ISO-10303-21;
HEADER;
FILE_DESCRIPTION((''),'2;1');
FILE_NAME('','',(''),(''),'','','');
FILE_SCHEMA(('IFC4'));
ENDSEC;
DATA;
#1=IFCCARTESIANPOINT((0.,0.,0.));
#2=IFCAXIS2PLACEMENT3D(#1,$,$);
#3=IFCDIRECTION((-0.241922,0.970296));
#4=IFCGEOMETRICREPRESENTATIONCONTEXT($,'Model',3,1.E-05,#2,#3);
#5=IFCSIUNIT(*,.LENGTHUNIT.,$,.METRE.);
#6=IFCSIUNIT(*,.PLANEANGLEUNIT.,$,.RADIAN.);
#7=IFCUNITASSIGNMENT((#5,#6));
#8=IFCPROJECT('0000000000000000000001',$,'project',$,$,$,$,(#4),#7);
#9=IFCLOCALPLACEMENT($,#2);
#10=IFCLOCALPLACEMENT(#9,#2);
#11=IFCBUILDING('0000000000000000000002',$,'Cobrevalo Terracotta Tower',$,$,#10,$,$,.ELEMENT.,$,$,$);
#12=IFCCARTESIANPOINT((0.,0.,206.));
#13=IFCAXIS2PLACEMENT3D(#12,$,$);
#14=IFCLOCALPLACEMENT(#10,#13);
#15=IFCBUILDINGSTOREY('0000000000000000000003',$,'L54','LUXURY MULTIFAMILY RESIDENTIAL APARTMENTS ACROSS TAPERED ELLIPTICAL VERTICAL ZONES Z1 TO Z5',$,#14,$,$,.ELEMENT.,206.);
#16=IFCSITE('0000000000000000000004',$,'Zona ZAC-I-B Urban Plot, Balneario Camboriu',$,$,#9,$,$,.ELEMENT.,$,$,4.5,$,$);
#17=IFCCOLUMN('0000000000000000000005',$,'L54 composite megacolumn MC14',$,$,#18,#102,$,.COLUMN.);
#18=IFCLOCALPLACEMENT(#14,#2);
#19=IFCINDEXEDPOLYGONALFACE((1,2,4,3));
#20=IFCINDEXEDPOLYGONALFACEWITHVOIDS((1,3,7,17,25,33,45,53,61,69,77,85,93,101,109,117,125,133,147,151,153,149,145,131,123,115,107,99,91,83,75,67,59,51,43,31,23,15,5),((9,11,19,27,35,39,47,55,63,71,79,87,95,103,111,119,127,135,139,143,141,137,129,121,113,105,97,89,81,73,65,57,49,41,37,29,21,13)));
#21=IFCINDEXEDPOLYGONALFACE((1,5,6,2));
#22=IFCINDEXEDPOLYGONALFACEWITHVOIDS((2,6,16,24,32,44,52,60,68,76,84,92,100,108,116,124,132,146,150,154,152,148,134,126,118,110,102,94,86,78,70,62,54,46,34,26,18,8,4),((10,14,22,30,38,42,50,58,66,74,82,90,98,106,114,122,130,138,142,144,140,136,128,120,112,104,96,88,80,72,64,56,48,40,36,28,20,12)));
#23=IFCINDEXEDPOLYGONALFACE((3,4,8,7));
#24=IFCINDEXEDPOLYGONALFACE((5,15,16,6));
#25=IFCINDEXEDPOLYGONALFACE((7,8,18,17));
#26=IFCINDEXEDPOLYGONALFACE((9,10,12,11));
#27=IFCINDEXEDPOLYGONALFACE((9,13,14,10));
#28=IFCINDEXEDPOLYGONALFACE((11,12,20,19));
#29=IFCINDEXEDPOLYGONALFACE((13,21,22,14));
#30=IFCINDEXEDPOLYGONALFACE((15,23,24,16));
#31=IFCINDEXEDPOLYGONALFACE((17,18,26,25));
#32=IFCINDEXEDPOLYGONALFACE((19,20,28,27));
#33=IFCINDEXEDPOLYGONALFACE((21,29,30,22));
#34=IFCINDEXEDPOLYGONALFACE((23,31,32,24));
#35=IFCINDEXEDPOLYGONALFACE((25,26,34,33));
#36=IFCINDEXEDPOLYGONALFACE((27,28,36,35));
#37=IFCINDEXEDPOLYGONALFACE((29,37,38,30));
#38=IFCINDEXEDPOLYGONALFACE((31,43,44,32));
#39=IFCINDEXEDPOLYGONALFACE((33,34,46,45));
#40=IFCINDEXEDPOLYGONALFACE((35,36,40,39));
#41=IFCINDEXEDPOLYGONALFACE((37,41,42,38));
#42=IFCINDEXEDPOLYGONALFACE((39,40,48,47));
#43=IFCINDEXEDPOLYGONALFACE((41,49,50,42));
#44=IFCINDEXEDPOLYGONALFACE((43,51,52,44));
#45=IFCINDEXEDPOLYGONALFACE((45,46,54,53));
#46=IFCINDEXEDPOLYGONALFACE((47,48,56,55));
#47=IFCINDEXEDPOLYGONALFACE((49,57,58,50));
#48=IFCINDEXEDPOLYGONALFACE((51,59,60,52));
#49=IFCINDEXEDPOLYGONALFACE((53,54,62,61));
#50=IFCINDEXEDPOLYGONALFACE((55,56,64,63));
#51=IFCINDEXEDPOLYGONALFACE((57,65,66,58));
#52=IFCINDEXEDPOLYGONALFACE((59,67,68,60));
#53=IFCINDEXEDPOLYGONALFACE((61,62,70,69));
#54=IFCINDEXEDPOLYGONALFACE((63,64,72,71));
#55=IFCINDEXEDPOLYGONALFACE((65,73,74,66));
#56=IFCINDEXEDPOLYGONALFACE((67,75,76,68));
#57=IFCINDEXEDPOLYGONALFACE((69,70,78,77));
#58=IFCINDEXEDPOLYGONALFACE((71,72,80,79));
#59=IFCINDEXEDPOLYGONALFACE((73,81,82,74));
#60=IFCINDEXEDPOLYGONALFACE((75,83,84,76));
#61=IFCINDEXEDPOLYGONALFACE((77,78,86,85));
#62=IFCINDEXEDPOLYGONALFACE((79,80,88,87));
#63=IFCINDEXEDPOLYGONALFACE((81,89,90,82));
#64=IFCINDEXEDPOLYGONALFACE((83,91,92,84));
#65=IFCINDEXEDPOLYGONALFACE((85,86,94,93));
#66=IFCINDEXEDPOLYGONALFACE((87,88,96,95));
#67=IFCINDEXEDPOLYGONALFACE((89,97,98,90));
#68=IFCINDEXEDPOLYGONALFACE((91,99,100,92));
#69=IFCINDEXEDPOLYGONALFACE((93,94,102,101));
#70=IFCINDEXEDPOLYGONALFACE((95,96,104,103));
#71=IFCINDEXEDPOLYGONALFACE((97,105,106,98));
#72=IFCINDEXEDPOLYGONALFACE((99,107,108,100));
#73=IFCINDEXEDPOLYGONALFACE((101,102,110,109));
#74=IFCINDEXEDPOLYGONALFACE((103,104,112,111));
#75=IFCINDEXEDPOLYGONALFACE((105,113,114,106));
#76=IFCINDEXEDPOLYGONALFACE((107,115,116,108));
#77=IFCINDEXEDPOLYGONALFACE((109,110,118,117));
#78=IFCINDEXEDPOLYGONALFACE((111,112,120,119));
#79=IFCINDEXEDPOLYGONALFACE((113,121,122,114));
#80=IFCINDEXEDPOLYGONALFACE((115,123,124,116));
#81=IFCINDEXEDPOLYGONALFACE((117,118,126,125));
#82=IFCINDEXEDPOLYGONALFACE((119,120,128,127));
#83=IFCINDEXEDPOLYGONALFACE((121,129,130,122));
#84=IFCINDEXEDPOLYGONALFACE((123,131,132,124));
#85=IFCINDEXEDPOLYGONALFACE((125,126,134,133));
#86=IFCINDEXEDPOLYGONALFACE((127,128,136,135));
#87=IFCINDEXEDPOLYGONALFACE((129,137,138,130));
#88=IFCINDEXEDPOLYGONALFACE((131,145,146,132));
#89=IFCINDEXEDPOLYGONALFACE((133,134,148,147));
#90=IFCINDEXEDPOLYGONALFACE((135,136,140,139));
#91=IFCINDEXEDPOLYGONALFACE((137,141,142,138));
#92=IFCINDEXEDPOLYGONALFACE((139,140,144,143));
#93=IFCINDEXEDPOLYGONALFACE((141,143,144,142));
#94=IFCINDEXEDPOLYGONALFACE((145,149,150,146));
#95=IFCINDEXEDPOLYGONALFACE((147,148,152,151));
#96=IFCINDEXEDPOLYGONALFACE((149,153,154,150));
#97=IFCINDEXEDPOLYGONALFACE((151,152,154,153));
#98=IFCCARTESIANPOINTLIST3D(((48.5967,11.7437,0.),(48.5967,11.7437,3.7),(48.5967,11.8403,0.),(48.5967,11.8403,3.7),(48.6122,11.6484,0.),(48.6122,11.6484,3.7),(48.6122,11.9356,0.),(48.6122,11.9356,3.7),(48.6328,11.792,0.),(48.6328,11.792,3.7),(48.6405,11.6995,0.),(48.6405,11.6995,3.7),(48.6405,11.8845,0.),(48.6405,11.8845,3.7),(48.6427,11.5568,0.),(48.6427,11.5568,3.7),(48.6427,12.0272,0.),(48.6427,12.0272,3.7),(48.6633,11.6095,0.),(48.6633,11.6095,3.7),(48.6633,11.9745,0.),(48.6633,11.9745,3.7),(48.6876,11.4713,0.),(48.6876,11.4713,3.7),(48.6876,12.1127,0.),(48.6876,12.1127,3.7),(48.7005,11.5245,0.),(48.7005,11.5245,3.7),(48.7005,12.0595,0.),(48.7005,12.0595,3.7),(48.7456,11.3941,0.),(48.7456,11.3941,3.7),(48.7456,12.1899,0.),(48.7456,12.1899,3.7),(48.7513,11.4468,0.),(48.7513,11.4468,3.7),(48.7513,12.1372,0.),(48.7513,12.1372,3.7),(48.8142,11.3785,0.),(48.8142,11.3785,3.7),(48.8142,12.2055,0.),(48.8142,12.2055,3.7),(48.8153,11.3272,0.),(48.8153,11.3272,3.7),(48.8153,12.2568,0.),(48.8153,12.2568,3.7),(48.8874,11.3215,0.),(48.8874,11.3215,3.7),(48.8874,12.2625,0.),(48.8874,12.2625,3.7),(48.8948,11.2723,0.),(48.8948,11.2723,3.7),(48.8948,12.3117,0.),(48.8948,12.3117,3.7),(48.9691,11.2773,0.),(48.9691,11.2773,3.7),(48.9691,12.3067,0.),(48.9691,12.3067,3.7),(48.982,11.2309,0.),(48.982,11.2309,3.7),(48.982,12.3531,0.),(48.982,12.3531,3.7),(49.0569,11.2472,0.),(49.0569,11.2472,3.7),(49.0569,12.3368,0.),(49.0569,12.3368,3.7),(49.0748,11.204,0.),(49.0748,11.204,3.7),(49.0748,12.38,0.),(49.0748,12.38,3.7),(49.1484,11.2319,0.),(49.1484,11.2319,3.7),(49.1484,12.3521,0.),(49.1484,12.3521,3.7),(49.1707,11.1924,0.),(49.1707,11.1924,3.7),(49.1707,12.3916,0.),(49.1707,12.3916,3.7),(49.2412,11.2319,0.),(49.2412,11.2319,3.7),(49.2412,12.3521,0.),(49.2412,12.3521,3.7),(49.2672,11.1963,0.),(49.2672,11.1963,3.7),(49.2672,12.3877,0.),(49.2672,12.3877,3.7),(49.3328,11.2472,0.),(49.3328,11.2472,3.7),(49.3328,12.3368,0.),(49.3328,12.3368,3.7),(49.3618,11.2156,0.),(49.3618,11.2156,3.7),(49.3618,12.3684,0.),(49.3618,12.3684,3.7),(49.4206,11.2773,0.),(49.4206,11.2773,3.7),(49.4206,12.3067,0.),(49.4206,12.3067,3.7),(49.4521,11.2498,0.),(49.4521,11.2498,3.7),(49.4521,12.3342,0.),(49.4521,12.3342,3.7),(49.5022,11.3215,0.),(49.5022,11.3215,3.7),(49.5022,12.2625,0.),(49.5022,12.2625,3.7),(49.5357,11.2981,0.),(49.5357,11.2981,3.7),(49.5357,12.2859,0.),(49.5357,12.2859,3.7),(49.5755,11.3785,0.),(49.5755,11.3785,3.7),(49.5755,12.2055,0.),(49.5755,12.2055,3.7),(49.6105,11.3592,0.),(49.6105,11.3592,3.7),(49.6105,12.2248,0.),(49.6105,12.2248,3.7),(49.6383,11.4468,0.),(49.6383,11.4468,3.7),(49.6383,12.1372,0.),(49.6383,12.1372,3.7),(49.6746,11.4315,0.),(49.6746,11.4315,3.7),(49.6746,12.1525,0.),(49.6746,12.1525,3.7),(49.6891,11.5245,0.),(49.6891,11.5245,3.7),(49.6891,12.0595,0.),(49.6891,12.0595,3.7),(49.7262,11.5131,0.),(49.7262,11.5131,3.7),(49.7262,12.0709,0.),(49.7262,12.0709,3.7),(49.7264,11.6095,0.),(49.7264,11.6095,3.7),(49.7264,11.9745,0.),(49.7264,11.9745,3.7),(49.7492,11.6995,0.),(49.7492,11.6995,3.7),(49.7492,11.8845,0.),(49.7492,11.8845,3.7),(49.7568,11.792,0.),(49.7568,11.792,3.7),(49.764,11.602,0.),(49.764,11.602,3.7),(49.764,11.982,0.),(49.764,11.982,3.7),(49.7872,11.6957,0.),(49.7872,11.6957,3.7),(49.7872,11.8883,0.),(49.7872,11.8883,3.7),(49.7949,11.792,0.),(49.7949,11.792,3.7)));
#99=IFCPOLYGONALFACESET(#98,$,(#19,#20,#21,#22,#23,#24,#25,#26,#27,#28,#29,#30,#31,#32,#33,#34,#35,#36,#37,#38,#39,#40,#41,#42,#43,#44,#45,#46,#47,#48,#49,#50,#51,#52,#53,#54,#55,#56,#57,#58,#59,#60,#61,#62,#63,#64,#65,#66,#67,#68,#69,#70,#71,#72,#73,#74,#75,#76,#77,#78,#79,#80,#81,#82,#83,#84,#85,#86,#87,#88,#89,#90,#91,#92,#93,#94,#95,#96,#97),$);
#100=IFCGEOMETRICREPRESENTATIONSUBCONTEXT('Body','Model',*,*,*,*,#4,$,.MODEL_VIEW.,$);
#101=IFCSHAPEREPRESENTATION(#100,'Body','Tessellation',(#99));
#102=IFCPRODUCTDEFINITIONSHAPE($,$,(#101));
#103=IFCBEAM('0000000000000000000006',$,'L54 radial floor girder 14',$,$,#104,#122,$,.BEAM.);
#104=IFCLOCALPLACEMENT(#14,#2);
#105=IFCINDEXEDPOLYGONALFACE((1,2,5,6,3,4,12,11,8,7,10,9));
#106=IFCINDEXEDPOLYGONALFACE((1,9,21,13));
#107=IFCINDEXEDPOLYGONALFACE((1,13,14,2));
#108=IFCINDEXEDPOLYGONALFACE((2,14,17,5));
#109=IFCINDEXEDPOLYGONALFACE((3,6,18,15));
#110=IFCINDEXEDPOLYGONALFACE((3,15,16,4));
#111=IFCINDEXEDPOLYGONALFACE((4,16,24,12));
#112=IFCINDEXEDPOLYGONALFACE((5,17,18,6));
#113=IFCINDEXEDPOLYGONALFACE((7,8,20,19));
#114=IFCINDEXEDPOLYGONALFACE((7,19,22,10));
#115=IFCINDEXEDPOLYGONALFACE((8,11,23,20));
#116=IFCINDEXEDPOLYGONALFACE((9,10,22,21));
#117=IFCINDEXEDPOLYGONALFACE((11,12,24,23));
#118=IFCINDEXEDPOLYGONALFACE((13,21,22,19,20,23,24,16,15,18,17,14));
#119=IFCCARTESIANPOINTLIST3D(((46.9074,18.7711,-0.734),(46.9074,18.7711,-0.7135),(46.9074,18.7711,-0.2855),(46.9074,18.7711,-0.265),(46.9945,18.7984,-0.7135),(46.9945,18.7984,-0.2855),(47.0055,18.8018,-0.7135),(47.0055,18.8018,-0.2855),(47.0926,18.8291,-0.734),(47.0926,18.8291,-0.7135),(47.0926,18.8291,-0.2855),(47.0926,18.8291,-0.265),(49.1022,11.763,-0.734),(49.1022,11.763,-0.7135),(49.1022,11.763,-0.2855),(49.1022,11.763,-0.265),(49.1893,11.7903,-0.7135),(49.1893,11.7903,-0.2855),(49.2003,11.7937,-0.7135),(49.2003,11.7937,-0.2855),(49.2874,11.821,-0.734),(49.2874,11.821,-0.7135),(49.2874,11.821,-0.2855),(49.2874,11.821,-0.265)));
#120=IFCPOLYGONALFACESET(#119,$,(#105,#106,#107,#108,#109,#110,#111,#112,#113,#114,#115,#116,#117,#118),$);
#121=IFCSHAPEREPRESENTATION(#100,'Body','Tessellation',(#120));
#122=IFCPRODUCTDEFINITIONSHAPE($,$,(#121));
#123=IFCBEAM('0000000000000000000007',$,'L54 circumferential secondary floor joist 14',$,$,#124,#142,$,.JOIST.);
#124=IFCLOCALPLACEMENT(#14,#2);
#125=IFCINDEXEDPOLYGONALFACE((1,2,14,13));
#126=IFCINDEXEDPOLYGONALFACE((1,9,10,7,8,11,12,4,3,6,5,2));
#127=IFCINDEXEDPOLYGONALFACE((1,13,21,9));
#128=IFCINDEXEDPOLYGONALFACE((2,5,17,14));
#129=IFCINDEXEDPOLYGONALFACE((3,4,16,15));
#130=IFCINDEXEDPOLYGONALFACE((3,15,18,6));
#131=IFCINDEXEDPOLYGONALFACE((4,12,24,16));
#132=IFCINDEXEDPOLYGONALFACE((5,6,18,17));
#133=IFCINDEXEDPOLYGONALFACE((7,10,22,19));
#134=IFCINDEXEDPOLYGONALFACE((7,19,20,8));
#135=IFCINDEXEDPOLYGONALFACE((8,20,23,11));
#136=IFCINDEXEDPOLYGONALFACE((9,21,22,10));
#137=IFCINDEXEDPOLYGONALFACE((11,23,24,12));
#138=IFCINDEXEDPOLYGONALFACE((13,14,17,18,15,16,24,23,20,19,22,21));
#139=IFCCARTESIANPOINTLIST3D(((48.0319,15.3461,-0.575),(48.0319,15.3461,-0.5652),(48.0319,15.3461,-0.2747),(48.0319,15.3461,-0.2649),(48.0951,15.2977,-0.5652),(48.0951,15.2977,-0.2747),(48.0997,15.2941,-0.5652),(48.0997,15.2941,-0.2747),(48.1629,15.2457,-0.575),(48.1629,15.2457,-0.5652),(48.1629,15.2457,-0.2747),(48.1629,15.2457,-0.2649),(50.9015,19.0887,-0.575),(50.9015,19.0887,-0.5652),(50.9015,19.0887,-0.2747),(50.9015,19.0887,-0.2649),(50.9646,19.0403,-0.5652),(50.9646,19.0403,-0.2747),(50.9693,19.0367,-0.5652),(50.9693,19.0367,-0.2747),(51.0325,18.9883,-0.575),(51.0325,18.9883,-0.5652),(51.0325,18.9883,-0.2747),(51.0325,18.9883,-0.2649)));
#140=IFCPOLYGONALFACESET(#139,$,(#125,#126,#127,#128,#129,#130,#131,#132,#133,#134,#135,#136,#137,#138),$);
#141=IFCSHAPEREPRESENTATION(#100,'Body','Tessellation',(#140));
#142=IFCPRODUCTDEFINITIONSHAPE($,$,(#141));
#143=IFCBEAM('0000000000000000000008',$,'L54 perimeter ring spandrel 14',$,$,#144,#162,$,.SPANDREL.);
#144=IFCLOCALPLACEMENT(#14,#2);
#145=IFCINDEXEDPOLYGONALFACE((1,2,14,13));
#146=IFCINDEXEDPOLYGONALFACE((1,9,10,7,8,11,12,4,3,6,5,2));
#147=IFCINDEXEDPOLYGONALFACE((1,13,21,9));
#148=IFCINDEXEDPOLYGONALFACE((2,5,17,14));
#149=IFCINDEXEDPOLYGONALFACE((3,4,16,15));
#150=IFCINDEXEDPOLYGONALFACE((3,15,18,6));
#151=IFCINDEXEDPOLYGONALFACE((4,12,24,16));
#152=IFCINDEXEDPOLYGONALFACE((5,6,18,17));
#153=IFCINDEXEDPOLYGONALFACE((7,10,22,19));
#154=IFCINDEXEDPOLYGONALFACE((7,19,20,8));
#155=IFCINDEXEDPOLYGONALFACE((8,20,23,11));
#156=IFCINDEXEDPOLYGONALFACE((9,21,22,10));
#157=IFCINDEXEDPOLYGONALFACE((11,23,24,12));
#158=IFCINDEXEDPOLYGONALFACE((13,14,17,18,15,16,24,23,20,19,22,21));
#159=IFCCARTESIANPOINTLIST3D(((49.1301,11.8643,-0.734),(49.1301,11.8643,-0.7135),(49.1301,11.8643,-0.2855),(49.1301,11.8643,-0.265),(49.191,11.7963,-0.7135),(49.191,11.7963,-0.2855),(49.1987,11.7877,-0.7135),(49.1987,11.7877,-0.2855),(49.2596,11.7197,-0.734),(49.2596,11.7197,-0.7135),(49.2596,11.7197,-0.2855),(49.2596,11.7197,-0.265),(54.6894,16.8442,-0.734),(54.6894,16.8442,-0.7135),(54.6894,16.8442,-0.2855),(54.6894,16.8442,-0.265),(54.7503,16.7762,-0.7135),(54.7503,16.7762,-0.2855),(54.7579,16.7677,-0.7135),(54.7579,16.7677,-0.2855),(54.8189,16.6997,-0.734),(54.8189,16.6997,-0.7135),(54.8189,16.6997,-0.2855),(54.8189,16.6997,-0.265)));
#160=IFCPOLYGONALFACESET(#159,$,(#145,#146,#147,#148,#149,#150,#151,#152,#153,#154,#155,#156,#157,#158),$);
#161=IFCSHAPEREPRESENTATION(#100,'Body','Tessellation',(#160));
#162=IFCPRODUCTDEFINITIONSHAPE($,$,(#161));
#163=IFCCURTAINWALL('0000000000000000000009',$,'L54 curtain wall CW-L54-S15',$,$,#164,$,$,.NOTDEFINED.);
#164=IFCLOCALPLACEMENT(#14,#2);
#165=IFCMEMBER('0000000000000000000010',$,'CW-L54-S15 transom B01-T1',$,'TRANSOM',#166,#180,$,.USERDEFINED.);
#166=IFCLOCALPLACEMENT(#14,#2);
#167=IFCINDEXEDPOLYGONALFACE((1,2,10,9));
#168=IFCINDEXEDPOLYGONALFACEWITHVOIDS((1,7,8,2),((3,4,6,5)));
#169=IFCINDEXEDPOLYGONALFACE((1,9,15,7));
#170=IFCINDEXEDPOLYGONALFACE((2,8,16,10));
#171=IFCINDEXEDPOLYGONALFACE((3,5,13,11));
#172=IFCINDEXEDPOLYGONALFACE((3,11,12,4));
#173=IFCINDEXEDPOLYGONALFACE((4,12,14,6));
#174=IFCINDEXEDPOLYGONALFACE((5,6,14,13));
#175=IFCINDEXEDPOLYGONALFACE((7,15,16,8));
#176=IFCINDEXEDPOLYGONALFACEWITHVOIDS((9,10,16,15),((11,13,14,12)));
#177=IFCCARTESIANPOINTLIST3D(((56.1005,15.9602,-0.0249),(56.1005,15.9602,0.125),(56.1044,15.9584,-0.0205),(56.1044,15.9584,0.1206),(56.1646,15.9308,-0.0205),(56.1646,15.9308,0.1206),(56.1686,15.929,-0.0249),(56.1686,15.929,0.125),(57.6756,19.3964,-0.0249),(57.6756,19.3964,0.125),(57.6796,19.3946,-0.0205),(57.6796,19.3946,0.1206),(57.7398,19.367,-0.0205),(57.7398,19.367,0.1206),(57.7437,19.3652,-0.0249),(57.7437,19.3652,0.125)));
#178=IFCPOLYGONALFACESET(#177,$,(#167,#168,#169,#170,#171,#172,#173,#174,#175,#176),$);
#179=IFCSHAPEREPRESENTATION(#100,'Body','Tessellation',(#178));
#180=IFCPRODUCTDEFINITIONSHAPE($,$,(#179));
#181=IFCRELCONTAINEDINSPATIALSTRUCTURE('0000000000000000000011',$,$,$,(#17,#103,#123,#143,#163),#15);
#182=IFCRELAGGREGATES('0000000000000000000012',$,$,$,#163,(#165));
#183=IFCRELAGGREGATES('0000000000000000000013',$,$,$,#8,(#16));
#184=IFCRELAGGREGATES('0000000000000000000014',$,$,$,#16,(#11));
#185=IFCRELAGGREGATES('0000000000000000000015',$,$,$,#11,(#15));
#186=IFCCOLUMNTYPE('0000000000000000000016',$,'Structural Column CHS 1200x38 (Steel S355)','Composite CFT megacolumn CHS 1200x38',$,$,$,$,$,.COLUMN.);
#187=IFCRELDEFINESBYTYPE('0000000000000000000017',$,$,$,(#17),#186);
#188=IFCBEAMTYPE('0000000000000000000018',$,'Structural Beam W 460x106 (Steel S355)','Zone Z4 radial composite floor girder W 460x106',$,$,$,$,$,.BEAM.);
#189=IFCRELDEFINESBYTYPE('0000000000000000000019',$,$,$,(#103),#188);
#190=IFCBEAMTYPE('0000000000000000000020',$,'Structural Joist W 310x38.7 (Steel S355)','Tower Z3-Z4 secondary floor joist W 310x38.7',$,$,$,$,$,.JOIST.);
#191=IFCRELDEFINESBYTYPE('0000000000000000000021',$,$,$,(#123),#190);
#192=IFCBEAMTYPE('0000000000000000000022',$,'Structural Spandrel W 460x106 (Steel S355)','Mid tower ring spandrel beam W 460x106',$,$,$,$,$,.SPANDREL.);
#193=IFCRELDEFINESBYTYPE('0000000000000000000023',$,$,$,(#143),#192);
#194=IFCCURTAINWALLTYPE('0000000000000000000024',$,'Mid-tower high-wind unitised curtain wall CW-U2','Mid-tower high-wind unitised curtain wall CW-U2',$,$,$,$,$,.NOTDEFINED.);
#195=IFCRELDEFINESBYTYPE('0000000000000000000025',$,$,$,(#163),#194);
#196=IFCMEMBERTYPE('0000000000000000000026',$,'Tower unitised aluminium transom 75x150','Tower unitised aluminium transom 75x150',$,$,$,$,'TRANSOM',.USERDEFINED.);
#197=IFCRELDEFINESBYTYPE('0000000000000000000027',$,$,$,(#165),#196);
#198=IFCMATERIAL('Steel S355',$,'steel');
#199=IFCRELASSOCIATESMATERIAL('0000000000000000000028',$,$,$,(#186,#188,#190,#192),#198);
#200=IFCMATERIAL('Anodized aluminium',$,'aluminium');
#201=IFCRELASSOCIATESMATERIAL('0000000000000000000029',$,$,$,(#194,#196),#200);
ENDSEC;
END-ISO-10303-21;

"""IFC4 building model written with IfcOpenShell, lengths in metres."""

from ifc_helpers import new_model, si_unit, direction, frame, origin, origin_2d, place, context, subcontext, project, spatial, hollow_rectangle, hollow_circle, i_section, extrude, source, transform, mapped, material, material_profile, profile_set, type_object, element, aggregate, save


model = new_model("IFC4")

# Units and contexts
model_context = context("Model", 3, precision=1e-05, world=origin(), true_north=direction((-0.241922, 0.970296)))
body_context = subcontext(model_context, "Body", "Model", "MODEL_VIEW")
ifc_project = project(units=[si_unit("LENGTHUNIT", "METRE"), si_unit("PLANEANGLEUNIT", "RADIAN")], contexts=[model_context])

# Site, building, storey
site_placement = place(None, origin())
site = spatial("IfcSite", under=ifc_project, at=site_placement, Name="Zona ZAC-I-B Urban Plot, Balneario Camboriu", CompositionType="ELEMENT", RefElevation=4.5)
building_placement = place(site_placement, origin())
building = spatial("IfcBuilding", under=site, at=building_placement, Name="Cobrevalo Terracotta Tower", CompositionType="ELEMENT")
storey_placement = place(building_placement, frame((0.0, 0.0, 206.0)))
storey = spatial("IfcBuildingStorey", under=building, at=storey_placement, Name="L54", Description="LUXURY MULTIFAMILY RESIDENTIAL APARTMENTS ACROSS TAPERED ELLIPTICAL VERTICAL ZONES Z1 TO Z5", CompositionType="ELEMENT", Elevation=206.0)

# Column
ifc_material_1 = material(Name="Steel S355", Category="steel")
ifc_material_profile_1 = material_profile(ifc_material_1, hollow_circle(Radius=0.6001, WallThickness=0.0381, at=origin_2d()), Name="CHS 1200x38")
ifc_profile_set_1 = profile_set([ifc_material_profile_1], Name="Steel S355")
column_type = type_object("IfcColumnType", Name="Structural Column CHS 1200x38 (Steel S355)", Description="Composite CFT megacolumn CHS 1200x38", PredefinedType="COLUMN", material=ifc_profile_set_1)
column_placement = place(storey_placement, frame((49.1948, 11.792, 0.0), z_axis=(0.0, 0.0, 1.0), x_axis=(1.0, 0.0, 0.0)))
element("IfcColumn", 1, at=column_placement, inside=storey, type_object=column_type, Name="L54 composite megacolumn MC14", PredefinedType="COLUMN", context=body_context, shape_type="SweptSolid", body=[
    extrude(hollow_circle(Radius=0.6001, WallThickness=0.0381, at=origin_2d()), origin(), (0.0, 0.0, 1.0), 3.7),
])

# Beams
ifc_material_profile_2 = material_profile(ifc_material_1, i_section(OverallWidth=0.1941, OverallDepth=0.469, WebThickness=0.0115, FlangeThickness=0.0205, at=origin_2d()), Name="W 460x106")
ifc_profile_set_2 = profile_set([ifc_material_profile_2], Name="Steel S355")
beam_type_1 = type_object("IfcBeamType", Name="Structural Beam W 460x106 (Steel S355)", Description="Zone Z4 radial composite floor girder W 460x106", PredefinedType="BEAM", material=ifc_profile_set_2)
beam_1_placement = place(storey_placement, frame((49.1948, 11.792, -0.4995), z_axis=(-0.298871, 0.954293, 0.0), x_axis=(-0.954293, -0.298871, 0.0)))
element("IfcBeam", 2, at=beam_1_placement, inside=storey, type_object=beam_type_1, Name="L54 radial floor girder 14", PredefinedType="BEAM", context=body_context, shape_type="SweptSolid", body=[
    extrude(i_section(OverallWidth=0.1941, OverallDepth=0.469, WebThickness=0.0115, FlangeThickness=0.0205, at=origin_2d()), origin(), (0.0, 0.0, 1.0), 7.3438),
])
ifc_material_profile_3 = material_profile(ifc_material_1, i_section(OverallWidth=0.165, OverallDepth=0.3101, WebThickness=0.0059, FlangeThickness=0.0098, at=origin_2d()), Name="W 310x38.7")
ifc_profile_set_3 = profile_set([ifc_material_profile_3], Name="Steel S355")
beam_type_2 = type_object("IfcBeamType", Name="Structural Joist W 310x38.7 (Steel S355)", Description="Tower Z3-Z4 secondary floor joist W 310x38.7", PredefinedType="JOIST", material=ifc_profile_set_3)
beam_2_placement = place(storey_placement, frame((48.0974, 15.2959, -0.4199), z_axis=(0.608464, 0.793581, 0.0), x_axis=(-0.793581, 0.608464, 0.0)))
element("IfcBeam", 3, at=beam_2_placement, inside=storey, type_object=beam_type_2, Name="L54 circumferential secondary floor joist 14", PredefinedType="JOIST", context=body_context, shape_type="SweptSolid", body=[
    extrude(i_section(OverallWidth=0.165, OverallDepth=0.3101, WebThickness=0.0059, FlangeThickness=0.0098, at=origin_2d()), origin(), (0.0, 0.0, 1.0), 4.7161),
])
ifc_material_profile_4 = material_profile(ifc_material_1, i_section(OverallWidth=0.1941, OverallDepth=0.469, WebThickness=0.0115, FlangeThickness=0.0205, at=origin_2d()), Name="W 460x106")
ifc_profile_set_4 = profile_set([ifc_material_profile_4], Name="Steel S355")
beam_type_3 = type_object("IfcBeamType", Name="Structural Spandrel W 460x106 (Steel S355)", Description="Mid tower ring spandrel beam W 460x106", PredefinedType="SPANDREL", material=ifc_profile_set_4)
beam_3_placement = place(storey_placement, frame((49.1948, 11.792, -0.4995), z_axis=(0.744852, 0.66723, 0.0), x_axis=(-0.66723, 0.744852, 0.0)))
element("IfcBeam", 4, at=beam_3_placement, inside=storey, type_object=beam_type_3, Name="L54 perimeter ring spandrel 14", PredefinedType="SPANDREL", context=body_context, shape_type="SweptSolid", body=[
    extrude(i_section(OverallWidth=0.1941, OverallDepth=0.469, WebThickness=0.0115, FlangeThickness=0.0205, at=origin_2d()), origin(), (0.0, 0.0, 1.0), 7.4636),
])

# Curtain wall, member
ifc_material_2 = material(Name="Anodized aluminium", Category="aluminium")
curtain_wall_type = type_object("IfcCurtainWallType", Name="Mid-tower high-wind unitised curtain wall CW-U2", Description="Mid-tower high-wind unitised curtain wall CW-U2", PredefinedType="NOTDEFINED", material=ifc_material_2)
curtain_wall_1_placement = place(storey_placement, origin())
curtain_wall_1 = element("IfcCurtainWall", 5, at=curtain_wall_1_placement, inside=storey, type_object=curtain_wall_type, Name="L54 curtain wall CW-L54-S15", PredefinedType="NOTDEFINED")
ifc_material_profile_5 = material_profile(ifc_material_2, hollow_rectangle(XDim=0.075, YDim=0.1499, WallThickness=0.0044, at=origin_2d()), Name="CWT 75x150")
ifc_profile_set_5 = profile_set([ifc_material_profile_5], Name="Anodized aluminium")
member_type_1 = type_object("IfcMemberType", Name="Tower unitised aluminium transom 75x150", Description="Tower unitised aluminium transom 75x150", ElementType="TRANSOM", PredefinedType="USERDEFINED", material=ifc_profile_set_5)
shared_shape_1 = source(origin(), body_context, "Body", "SweptSolid", [
    extrude(hollow_rectangle(XDim=0.075, YDim=0.1499, WallThickness=0.0044, at=origin_2d()), origin(), (0.0, 0.0, 1.0), 3.78),
])
member_1_placement = place(storey_placement, frame((56.1345, 15.9446, 0.05), z_axis=(0.416706, 0.909041, 0.0), x_axis=(-0.909041, 0.416706, 0.0)))
member_1 = element("IfcMember", 6, at=member_1_placement, type_object=member_type_1, Name="CW-L54-S15 transom B01-T1", ObjectType="TRANSOM", PredefinedType="USERDEFINED", context=body_context, shape_type="MappedRepresentation", body=[
    mapped(shared_shape_1, transform((0.0, 0.0, 0.0), scale=1.0)),
])

aggregate(curtain_wall_1, [member_1])

save(model, "model.ifc")
